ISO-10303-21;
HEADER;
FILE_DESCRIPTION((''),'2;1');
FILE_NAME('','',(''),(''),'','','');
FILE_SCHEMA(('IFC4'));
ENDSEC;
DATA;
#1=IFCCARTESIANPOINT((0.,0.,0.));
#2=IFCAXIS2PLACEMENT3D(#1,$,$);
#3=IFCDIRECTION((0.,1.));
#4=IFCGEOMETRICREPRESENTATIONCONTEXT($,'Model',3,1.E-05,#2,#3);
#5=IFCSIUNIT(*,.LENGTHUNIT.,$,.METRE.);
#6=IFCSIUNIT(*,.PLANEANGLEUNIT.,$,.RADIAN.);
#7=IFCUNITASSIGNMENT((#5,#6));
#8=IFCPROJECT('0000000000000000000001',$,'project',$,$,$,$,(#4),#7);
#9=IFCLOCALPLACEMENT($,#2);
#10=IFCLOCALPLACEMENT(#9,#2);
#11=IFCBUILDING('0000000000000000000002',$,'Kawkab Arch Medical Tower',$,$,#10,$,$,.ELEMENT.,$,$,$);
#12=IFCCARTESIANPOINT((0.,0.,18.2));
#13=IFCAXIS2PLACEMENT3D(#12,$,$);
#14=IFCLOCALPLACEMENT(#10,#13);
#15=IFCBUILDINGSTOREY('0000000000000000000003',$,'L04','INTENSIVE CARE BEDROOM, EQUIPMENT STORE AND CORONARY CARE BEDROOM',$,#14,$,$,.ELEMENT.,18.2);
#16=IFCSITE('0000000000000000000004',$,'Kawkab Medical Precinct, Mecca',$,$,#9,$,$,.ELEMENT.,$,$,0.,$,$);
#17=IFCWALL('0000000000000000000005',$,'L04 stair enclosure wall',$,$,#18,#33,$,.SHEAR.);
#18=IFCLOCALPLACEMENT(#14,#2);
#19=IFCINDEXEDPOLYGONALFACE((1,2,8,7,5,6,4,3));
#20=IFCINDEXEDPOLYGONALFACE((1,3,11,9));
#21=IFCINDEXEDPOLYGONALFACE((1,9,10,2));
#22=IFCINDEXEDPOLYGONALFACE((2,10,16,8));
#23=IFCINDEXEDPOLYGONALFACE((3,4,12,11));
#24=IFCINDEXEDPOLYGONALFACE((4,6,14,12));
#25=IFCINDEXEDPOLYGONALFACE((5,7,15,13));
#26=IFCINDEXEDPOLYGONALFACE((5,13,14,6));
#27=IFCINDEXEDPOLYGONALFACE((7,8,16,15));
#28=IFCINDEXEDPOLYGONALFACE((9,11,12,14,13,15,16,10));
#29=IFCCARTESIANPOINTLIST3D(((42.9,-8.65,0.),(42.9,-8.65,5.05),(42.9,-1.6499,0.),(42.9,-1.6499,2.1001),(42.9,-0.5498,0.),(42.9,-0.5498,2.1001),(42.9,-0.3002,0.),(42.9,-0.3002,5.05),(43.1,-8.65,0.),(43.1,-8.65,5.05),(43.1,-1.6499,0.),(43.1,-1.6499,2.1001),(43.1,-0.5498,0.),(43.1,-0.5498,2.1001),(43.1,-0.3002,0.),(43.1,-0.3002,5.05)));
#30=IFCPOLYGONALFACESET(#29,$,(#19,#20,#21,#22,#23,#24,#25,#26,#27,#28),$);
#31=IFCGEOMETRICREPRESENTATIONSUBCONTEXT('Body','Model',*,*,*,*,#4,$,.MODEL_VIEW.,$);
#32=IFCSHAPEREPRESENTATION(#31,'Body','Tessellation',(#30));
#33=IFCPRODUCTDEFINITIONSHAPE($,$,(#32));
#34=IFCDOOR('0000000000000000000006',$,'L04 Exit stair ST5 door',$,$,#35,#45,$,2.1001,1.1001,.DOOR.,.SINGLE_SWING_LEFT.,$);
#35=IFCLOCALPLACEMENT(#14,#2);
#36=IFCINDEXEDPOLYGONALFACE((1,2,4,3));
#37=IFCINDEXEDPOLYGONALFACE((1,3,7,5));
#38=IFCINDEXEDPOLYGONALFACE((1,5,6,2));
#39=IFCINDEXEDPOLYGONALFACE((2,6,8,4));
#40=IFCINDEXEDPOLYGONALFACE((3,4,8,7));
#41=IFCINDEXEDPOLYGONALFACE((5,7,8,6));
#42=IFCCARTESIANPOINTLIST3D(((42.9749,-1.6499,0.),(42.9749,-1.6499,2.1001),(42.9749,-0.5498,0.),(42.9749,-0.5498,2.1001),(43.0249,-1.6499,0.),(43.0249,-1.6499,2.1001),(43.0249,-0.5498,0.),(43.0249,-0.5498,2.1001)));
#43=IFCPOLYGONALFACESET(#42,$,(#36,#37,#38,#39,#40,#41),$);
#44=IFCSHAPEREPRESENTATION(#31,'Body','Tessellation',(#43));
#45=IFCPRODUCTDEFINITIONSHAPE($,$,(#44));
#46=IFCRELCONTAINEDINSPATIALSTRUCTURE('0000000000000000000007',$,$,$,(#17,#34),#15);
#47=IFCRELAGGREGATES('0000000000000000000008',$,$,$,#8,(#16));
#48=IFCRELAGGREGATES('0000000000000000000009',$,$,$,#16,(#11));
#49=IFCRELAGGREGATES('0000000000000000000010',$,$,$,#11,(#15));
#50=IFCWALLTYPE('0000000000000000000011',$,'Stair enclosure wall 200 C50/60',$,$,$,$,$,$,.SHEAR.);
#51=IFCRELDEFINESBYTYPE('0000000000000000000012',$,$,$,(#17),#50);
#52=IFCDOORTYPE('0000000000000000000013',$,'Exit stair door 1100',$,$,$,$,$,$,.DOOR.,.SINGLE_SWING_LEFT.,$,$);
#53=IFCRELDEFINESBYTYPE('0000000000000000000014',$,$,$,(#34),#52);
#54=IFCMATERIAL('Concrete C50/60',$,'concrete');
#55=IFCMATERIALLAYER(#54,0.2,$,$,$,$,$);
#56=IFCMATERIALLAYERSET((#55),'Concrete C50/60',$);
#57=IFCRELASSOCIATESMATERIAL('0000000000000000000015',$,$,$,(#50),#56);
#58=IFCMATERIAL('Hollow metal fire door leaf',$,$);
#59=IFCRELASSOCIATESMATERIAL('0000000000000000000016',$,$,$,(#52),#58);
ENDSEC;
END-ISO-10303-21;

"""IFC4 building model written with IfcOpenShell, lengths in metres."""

from ifc_helpers import new_model, si_unit, direction, frame, frame_2d, origin, place, context, subcontext, project, spatial, rectangle, extrude, material, layer, layer_set, type_object, element, fill, save


model = new_model("IFC4")

# Units and contexts
model_context = context("Model", 3, precision=1e-05, world=origin(), true_north=direction((0.0, 1.0)))
body_context = subcontext(model_context, "Body", "Model", "MODEL_VIEW")
ifc_project = project(units=[si_unit("LENGTHUNIT", "METRE"), si_unit("PLANEANGLEUNIT", "RADIAN")], contexts=[model_context])

# Site, building, storey
site_placement = place(None, origin())
site = spatial("IfcSite", under=ifc_project, at=site_placement, Name="Kawkab Medical Precinct, Mecca", CompositionType="ELEMENT", RefElevation=0.0)
building_placement = place(site_placement, origin())
building = spatial("IfcBuilding", under=site, at=building_placement, Name="Kawkab Arch Medical Tower", CompositionType="ELEMENT")
storey_placement = place(building_placement, frame((0.0, 0.0, 18.2)))
storey = spatial("IfcBuildingStorey", under=building, at=storey_placement, Name="L04", Description="INTENSIVE CARE BEDROOM, EQUIPMENT STORE AND CORONARY CARE BEDROOM", CompositionType="ELEMENT", Elevation=18.2)

# Wall, opening, door
ifc_material_1 = material(Name="Concrete C50/60", Category="concrete")
ifc_layer_1 = layer(ifc_material_1, 0.2)
ifc_layer_set_1 = layer_set([ifc_layer_1], Name="Concrete C50/60")
wall_type_1 = type_object("IfcWallType", Name="Stair enclosure wall 200 C50/60", PredefinedType="SHEAR", material=ifc_layer_set_1)
wall_1_placement = place(storey_placement, frame((43.0, -8.6499, 0.0), z_axis=(0.0, 0.0, 1.0), x_axis=(0.0, 1.0, 0.0)))
wall_1 = element("IfcWall", 1, at=wall_1_placement, inside=storey, type_object=wall_type_1, Name="L04 stair enclosure wall", PredefinedType="SHEAR", context=body_context, shape_type="SweptSolid", body=[
    extrude(rectangle(XDim=8.3499, YDim=0.2, at=frame_2d((4.1748, 0.0))), origin(), (0.0, 0.0, 1.0), 5.05),
])
opening_1_placement = place(wall_1_placement, frame((7.0, 0.0, 0.0)))
opening_1 = element("IfcOpeningElement", 2, at=opening_1_placement, cuts=wall_1, PredefinedType="OPENING", context=body_context, shape_type="SweptSolid", body=[
    extrude(rectangle(XDim=1.1001, YDim=2.1001, at=frame_2d((0.55, 1.05))), frame((0.0, 0.1099, 0.0), z_axis=(0.0, -1.0, 0.0), x_axis=(1.0, 0.0, 0.0)), (0.0, 0.0, 1.0), 0.22),
])
ifc_material_2 = material(Name="Hollow metal fire door leaf")
door_type_1 = type_object("IfcDoorType", Name="Exit stair door 1100", OperationType="SINGLE_SWING_LEFT", PredefinedType="DOOR", material=ifc_material_2)
door_1_placement = place(opening_1_placement, frame((1.1001, 0.0, 0.0), z_axis=(0.0, 0.0, 1.0), x_axis=(-1.0, 0.0, 0.0)))
door_1 = element("IfcDoor", 3, at=door_1_placement, inside=storey, type_object=door_type_1, Name="L04 Exit stair ST5 door", OperationType="SINGLE_SWING_LEFT", OverallHeight=2.1001, OverallWidth=1.1001, PredefinedType="DOOR", context=body_context, shape_type="SweptSolid", body=[
    extrude(rectangle(XDim=1.1001, YDim=2.1001, at=frame_2d((0.55, 1.05))), frame((0.0, 0.0249, 0.0), z_axis=(0.0, -1.0, 0.0), x_axis=(1.0, 0.0, 0.0)), (0.0, 0.0, 1.0), 0.05),
])
fill(opening_1, door_1)

save(model, "model.ifc")
